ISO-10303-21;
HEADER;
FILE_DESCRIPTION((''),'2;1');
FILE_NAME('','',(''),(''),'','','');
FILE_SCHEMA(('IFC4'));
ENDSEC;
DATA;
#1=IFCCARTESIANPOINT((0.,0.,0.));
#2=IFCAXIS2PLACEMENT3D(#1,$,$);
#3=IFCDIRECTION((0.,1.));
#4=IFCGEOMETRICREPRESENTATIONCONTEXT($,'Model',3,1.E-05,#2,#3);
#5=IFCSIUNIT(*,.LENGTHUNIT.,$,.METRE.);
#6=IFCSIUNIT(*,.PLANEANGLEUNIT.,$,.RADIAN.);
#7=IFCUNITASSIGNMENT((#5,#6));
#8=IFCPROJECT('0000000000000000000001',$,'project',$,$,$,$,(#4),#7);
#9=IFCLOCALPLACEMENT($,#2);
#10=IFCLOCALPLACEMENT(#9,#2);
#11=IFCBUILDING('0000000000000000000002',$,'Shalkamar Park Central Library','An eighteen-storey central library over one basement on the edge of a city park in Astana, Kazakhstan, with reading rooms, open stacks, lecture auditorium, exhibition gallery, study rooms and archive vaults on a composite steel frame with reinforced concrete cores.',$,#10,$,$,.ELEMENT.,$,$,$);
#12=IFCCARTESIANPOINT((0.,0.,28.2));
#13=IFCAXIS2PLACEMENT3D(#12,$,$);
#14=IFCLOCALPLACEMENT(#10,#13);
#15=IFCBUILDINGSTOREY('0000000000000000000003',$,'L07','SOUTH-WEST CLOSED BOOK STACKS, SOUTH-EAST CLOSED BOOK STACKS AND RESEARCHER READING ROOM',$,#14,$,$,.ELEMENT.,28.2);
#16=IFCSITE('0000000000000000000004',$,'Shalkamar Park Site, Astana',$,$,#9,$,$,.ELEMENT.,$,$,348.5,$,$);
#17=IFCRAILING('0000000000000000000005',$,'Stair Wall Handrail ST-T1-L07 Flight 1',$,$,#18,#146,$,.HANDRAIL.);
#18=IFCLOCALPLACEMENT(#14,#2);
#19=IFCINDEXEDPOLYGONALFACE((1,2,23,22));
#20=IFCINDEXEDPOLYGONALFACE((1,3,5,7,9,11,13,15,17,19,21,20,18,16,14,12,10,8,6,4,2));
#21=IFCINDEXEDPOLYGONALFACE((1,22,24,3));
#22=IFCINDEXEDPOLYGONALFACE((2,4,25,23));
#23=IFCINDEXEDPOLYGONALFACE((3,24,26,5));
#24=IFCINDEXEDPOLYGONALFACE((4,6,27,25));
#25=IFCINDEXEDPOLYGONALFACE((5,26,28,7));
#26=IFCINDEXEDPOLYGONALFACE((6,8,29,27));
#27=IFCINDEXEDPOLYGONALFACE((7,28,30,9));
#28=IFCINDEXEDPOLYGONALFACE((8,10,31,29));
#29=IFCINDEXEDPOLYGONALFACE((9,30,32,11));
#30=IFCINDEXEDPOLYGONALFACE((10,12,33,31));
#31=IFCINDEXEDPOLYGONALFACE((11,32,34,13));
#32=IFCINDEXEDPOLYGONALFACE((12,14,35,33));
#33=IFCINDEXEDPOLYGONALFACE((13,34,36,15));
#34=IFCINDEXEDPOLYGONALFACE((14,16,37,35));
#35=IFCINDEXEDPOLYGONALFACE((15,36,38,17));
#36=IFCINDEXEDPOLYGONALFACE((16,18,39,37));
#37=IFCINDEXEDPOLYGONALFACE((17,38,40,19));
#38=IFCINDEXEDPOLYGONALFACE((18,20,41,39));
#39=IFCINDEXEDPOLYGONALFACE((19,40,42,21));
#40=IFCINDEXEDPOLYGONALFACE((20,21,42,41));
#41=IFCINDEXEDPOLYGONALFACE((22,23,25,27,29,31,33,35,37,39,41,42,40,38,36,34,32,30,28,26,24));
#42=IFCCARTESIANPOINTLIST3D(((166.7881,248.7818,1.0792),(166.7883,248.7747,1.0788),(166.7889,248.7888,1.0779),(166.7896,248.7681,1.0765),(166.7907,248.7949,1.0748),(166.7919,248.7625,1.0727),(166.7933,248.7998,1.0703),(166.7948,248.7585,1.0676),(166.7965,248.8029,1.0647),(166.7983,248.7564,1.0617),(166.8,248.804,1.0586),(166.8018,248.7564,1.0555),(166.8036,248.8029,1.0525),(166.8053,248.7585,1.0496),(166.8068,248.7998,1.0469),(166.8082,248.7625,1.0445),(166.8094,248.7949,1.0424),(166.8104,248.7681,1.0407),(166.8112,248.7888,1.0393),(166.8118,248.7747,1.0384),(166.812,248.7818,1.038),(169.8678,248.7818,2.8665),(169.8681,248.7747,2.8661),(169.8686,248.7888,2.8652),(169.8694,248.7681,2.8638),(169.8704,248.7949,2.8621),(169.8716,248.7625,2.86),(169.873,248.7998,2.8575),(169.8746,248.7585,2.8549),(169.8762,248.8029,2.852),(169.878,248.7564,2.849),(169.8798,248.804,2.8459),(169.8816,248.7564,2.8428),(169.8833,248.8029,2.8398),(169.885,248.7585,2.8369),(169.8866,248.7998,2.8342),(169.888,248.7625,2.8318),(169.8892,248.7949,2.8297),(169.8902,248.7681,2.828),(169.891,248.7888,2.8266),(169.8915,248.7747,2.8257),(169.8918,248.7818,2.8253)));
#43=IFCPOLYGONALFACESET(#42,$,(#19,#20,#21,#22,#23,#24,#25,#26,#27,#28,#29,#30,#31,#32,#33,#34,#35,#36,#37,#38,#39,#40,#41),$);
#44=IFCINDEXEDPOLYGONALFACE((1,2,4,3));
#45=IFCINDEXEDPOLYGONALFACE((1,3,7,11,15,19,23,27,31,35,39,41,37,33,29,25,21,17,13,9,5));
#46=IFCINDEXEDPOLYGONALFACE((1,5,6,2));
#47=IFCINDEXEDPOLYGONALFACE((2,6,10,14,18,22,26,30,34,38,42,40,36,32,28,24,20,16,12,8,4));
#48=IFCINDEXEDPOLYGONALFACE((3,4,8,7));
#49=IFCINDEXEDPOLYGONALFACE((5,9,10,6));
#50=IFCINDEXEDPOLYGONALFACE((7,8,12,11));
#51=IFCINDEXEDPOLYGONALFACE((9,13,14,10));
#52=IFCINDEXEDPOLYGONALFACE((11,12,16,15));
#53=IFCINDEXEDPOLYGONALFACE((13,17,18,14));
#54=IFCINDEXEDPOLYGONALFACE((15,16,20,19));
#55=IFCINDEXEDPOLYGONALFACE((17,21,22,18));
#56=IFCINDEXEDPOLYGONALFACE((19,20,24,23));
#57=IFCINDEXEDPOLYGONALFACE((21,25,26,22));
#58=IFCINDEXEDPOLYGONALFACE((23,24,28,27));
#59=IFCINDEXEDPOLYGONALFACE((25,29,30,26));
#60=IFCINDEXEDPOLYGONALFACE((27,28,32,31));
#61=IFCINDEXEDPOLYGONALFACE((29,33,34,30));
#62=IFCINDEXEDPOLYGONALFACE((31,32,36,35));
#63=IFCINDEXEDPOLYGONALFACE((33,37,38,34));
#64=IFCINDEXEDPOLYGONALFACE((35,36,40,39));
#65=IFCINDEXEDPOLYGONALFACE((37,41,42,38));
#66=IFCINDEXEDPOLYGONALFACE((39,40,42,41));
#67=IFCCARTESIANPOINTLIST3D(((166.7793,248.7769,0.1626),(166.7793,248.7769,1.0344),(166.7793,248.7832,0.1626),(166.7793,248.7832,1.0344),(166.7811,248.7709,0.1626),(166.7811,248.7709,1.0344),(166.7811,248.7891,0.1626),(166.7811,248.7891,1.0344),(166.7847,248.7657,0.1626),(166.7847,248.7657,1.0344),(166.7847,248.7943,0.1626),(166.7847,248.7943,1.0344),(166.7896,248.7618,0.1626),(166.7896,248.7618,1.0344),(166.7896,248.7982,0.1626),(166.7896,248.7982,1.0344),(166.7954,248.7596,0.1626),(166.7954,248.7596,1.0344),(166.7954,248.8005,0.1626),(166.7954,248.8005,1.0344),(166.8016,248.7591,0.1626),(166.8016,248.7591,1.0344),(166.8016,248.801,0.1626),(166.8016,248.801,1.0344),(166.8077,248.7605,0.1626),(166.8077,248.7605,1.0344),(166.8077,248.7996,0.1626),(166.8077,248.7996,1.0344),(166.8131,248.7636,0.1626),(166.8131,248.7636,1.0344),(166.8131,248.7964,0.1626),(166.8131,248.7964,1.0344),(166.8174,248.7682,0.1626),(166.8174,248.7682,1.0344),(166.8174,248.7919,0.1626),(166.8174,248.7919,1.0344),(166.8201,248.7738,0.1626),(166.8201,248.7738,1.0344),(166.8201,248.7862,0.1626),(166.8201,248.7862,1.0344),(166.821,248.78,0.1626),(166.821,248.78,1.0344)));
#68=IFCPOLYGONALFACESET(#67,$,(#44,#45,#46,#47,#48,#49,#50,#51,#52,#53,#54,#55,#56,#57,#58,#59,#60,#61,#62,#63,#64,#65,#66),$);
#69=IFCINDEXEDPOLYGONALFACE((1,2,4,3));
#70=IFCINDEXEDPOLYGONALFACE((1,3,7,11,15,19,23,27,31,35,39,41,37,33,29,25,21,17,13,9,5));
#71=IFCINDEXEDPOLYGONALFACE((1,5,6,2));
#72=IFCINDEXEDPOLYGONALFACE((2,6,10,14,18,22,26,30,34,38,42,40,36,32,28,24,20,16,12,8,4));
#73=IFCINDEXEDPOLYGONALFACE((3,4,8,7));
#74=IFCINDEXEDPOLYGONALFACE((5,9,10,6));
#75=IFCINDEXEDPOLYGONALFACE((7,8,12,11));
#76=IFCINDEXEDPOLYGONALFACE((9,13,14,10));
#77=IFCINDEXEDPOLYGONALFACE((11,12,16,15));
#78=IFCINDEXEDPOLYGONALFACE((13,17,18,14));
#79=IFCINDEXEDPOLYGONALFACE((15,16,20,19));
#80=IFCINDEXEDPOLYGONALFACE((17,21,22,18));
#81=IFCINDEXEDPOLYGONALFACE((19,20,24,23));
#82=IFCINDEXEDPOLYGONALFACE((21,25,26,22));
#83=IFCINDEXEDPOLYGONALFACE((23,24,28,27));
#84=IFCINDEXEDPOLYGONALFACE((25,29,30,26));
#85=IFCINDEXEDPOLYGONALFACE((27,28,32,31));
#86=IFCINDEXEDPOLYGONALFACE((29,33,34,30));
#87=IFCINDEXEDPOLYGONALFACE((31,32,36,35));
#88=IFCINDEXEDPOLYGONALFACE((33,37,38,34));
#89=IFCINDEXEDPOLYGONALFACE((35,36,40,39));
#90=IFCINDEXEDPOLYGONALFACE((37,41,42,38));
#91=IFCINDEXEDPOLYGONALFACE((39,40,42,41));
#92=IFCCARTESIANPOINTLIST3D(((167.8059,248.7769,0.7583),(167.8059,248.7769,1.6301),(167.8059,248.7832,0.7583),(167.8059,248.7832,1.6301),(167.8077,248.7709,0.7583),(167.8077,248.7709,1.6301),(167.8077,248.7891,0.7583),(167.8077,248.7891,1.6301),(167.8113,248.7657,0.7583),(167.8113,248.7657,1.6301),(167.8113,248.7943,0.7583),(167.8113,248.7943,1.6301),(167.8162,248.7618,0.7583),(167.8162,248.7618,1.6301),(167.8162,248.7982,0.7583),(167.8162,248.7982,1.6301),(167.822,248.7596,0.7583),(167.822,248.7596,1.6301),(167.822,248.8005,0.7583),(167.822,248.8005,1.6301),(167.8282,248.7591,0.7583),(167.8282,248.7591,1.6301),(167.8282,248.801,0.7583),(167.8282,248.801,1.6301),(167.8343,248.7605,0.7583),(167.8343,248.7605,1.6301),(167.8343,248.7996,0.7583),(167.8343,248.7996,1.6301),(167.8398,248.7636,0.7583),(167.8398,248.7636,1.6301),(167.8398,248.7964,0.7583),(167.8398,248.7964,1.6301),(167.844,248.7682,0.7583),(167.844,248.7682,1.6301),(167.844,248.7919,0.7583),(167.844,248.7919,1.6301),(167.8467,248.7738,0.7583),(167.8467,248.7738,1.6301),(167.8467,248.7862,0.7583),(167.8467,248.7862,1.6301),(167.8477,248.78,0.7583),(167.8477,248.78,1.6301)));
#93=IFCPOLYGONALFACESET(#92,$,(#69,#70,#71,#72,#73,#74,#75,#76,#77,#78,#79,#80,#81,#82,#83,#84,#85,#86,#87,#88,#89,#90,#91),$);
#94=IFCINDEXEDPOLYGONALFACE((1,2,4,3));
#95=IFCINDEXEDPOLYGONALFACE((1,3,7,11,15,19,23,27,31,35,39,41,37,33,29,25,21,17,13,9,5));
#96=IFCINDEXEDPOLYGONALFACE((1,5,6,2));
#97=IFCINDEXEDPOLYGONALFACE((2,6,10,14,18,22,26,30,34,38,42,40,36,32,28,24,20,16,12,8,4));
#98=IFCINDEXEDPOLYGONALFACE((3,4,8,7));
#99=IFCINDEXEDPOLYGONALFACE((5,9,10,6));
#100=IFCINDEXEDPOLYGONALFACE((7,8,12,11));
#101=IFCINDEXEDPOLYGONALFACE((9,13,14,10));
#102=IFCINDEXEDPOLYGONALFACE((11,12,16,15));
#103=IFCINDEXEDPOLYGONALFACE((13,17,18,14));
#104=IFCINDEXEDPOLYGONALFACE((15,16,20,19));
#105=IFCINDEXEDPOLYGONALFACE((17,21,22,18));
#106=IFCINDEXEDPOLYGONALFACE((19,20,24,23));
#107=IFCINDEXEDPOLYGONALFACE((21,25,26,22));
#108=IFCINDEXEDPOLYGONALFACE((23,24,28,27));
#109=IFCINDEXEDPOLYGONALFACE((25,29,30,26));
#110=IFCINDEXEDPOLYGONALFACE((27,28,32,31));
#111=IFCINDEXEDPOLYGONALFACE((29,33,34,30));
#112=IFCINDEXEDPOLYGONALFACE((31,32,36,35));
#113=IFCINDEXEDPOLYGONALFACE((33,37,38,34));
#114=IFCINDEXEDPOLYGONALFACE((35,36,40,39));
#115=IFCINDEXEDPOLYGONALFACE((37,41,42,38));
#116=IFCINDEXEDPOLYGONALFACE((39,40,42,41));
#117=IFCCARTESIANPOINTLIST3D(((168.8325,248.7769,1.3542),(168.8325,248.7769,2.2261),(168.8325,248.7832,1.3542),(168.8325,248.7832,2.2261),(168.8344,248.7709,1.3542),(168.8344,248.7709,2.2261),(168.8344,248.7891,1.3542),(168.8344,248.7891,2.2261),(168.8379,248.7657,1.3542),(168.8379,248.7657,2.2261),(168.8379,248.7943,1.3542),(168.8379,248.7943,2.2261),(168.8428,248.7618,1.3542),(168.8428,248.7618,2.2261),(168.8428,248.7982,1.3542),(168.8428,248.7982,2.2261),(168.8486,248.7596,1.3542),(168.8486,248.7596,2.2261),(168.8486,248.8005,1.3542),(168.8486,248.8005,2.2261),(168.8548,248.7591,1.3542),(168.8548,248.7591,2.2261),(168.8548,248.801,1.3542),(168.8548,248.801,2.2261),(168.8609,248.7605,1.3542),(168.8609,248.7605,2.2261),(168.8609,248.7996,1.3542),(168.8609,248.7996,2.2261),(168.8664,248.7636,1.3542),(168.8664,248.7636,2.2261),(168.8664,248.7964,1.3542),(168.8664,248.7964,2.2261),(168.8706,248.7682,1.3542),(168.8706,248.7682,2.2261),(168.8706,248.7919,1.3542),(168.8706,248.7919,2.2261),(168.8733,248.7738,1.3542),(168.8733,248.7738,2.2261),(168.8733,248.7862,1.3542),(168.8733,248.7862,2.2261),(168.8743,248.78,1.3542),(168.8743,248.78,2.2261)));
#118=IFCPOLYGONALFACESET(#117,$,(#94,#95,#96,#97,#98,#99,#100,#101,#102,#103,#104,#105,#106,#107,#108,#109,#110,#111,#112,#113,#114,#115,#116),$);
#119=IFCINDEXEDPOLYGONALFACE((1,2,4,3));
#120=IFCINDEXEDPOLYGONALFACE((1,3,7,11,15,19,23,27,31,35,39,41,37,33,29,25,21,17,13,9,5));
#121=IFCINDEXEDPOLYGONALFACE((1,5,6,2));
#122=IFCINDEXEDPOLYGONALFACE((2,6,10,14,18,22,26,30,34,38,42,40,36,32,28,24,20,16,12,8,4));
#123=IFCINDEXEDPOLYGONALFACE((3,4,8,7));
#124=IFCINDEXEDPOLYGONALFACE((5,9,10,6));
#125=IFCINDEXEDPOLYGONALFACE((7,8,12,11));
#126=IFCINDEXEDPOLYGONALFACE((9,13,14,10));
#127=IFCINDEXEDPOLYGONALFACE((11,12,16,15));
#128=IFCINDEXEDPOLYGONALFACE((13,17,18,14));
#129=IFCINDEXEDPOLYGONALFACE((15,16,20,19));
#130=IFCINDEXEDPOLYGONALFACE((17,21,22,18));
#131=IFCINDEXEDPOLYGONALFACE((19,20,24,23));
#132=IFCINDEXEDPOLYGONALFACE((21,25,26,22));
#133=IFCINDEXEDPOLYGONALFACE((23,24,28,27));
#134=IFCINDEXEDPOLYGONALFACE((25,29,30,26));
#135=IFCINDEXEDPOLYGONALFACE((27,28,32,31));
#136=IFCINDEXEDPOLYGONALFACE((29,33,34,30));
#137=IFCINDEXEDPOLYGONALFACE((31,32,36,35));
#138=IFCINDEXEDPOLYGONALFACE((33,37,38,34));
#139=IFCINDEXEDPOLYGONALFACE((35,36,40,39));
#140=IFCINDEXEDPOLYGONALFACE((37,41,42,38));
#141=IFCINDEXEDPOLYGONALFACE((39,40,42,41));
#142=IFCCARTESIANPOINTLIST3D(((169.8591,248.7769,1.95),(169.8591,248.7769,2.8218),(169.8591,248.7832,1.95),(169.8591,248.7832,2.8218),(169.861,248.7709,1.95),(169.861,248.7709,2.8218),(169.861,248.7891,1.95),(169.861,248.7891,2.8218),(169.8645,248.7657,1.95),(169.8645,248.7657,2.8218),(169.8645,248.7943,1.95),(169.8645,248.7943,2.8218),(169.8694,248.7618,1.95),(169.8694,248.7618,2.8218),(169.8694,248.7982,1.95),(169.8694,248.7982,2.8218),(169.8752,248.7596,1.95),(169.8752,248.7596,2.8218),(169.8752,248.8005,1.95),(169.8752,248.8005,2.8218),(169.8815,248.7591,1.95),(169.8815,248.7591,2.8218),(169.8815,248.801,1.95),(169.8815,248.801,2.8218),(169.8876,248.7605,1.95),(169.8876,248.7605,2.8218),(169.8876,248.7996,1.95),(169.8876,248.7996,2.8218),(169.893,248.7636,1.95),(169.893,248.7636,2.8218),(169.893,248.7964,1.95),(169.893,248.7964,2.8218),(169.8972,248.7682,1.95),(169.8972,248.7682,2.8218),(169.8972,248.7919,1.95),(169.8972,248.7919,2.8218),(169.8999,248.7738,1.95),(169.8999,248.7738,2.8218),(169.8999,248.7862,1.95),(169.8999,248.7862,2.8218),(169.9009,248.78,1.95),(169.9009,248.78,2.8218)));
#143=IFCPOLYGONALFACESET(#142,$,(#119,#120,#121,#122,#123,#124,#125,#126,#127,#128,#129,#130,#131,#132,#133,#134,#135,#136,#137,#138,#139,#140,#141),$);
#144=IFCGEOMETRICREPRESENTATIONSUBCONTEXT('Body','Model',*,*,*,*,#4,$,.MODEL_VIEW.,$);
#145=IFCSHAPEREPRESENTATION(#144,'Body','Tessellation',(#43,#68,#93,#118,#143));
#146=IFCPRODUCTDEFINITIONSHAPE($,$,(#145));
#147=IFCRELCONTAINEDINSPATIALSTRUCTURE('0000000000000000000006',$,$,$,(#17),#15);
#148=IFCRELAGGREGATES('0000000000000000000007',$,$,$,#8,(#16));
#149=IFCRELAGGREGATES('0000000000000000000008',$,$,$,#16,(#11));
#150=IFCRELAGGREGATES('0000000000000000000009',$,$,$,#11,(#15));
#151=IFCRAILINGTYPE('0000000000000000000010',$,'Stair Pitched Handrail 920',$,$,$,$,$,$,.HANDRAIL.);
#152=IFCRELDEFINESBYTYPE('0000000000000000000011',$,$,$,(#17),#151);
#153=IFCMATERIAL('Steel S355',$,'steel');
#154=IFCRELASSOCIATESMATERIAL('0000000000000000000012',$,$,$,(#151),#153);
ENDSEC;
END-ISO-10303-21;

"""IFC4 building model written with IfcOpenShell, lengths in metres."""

from ifc_helpers import new_model, si_unit, direction, frame, origin, origin_2d, place, context, subcontext, project, spatial, circle, extrude, material, type_object, element, save


model = new_model("IFC4")

# Units and contexts
model_context = context("Model", 3, precision=1e-05, world=origin(), true_north=direction((0.0, 1.0)))
body_context = subcontext(model_context, "Body", "Model", "MODEL_VIEW")
ifc_project = project(units=[si_unit("LENGTHUNIT", "METRE"), si_unit("PLANEANGLEUNIT", "RADIAN")], contexts=[model_context])

# Site, building, storey
site_placement = place(None, origin())
site = spatial("IfcSite", under=ifc_project, at=site_placement, Name="Shalkamar Park Site, Astana", CompositionType="ELEMENT", RefElevation=348.5)
building_placement = place(site_placement, origin())
building = spatial("IfcBuilding", under=site, at=building_placement, Name="Shalkamar Park Central Library", Description="An eighteen-storey central library over one basement on the edge of a city park in Astana, Kazakhstan, with reading rooms, open stacks, lecture auditorium, exhibition gallery, study rooms and archive vaults on a composite steel frame with reinforced concrete cores.", CompositionType="ELEMENT")
storey_placement = place(building_placement, frame((0.0, 0.0, 28.2)))
storey = spatial("IfcBuildingStorey", under=building, at=storey_placement, Name="L07", Description="SOUTH-WEST CLOSED BOOK STACKS, SOUTH-EAST CLOSED BOOK STACKS AND RESEARCHER READING ROOM", CompositionType="ELEMENT", Elevation=28.2)

# Shared definitions
ifc_material_1 = material(Name="Steel S355", Category="steel")

# Railing
railing_type_1 = type_object("IfcRailingType", Name="Stair Pitched Handrail 920", PredefinedType="HANDRAIL", material=ifc_material_1)
railing_1_placement = place(storey_placement, frame((166.8, 248.78, 0.1626)))
element("IfcRailing", 1, at=railing_1_placement, inside=storey, type_object=railing_type_1, Name="Stair Wall Handrail ST-T1-L07 Flight 1", PredefinedType="HANDRAIL", context=body_context, shape_type="SweptSolid", body=[
    extrude(circle(Radius=0.0239, at=origin_2d()), frame((0.0, 0.0, 0.896), z_axis=(0.864903, 0.0, 0.501939), x_axis=(0.0, 1.0, 0.0)), (0.0, 0.0, 1.0), 3.5608),
    extrude(circle(Radius=0.021, at=origin_2d()), origin(), (0.0, 0.0, 1.0), 0.8718),
    extrude(circle(Radius=0.021, at=origin_2d()), frame((1.0266, 0.0, 0.5957)), (0.0, 0.0, 1.0), 0.8718),
    extrude(circle(Radius=0.021, at=origin_2d()), frame((2.0532, 0.0, 1.1917)), (0.0, 0.0, 1.0), 0.8718),
    extrude(circle(Radius=0.021, at=origin_2d()), frame((3.0798, 0.0, 1.7874)), (0.0, 0.0, 1.0), 0.8718),
])

save(model, "model.ifc")
